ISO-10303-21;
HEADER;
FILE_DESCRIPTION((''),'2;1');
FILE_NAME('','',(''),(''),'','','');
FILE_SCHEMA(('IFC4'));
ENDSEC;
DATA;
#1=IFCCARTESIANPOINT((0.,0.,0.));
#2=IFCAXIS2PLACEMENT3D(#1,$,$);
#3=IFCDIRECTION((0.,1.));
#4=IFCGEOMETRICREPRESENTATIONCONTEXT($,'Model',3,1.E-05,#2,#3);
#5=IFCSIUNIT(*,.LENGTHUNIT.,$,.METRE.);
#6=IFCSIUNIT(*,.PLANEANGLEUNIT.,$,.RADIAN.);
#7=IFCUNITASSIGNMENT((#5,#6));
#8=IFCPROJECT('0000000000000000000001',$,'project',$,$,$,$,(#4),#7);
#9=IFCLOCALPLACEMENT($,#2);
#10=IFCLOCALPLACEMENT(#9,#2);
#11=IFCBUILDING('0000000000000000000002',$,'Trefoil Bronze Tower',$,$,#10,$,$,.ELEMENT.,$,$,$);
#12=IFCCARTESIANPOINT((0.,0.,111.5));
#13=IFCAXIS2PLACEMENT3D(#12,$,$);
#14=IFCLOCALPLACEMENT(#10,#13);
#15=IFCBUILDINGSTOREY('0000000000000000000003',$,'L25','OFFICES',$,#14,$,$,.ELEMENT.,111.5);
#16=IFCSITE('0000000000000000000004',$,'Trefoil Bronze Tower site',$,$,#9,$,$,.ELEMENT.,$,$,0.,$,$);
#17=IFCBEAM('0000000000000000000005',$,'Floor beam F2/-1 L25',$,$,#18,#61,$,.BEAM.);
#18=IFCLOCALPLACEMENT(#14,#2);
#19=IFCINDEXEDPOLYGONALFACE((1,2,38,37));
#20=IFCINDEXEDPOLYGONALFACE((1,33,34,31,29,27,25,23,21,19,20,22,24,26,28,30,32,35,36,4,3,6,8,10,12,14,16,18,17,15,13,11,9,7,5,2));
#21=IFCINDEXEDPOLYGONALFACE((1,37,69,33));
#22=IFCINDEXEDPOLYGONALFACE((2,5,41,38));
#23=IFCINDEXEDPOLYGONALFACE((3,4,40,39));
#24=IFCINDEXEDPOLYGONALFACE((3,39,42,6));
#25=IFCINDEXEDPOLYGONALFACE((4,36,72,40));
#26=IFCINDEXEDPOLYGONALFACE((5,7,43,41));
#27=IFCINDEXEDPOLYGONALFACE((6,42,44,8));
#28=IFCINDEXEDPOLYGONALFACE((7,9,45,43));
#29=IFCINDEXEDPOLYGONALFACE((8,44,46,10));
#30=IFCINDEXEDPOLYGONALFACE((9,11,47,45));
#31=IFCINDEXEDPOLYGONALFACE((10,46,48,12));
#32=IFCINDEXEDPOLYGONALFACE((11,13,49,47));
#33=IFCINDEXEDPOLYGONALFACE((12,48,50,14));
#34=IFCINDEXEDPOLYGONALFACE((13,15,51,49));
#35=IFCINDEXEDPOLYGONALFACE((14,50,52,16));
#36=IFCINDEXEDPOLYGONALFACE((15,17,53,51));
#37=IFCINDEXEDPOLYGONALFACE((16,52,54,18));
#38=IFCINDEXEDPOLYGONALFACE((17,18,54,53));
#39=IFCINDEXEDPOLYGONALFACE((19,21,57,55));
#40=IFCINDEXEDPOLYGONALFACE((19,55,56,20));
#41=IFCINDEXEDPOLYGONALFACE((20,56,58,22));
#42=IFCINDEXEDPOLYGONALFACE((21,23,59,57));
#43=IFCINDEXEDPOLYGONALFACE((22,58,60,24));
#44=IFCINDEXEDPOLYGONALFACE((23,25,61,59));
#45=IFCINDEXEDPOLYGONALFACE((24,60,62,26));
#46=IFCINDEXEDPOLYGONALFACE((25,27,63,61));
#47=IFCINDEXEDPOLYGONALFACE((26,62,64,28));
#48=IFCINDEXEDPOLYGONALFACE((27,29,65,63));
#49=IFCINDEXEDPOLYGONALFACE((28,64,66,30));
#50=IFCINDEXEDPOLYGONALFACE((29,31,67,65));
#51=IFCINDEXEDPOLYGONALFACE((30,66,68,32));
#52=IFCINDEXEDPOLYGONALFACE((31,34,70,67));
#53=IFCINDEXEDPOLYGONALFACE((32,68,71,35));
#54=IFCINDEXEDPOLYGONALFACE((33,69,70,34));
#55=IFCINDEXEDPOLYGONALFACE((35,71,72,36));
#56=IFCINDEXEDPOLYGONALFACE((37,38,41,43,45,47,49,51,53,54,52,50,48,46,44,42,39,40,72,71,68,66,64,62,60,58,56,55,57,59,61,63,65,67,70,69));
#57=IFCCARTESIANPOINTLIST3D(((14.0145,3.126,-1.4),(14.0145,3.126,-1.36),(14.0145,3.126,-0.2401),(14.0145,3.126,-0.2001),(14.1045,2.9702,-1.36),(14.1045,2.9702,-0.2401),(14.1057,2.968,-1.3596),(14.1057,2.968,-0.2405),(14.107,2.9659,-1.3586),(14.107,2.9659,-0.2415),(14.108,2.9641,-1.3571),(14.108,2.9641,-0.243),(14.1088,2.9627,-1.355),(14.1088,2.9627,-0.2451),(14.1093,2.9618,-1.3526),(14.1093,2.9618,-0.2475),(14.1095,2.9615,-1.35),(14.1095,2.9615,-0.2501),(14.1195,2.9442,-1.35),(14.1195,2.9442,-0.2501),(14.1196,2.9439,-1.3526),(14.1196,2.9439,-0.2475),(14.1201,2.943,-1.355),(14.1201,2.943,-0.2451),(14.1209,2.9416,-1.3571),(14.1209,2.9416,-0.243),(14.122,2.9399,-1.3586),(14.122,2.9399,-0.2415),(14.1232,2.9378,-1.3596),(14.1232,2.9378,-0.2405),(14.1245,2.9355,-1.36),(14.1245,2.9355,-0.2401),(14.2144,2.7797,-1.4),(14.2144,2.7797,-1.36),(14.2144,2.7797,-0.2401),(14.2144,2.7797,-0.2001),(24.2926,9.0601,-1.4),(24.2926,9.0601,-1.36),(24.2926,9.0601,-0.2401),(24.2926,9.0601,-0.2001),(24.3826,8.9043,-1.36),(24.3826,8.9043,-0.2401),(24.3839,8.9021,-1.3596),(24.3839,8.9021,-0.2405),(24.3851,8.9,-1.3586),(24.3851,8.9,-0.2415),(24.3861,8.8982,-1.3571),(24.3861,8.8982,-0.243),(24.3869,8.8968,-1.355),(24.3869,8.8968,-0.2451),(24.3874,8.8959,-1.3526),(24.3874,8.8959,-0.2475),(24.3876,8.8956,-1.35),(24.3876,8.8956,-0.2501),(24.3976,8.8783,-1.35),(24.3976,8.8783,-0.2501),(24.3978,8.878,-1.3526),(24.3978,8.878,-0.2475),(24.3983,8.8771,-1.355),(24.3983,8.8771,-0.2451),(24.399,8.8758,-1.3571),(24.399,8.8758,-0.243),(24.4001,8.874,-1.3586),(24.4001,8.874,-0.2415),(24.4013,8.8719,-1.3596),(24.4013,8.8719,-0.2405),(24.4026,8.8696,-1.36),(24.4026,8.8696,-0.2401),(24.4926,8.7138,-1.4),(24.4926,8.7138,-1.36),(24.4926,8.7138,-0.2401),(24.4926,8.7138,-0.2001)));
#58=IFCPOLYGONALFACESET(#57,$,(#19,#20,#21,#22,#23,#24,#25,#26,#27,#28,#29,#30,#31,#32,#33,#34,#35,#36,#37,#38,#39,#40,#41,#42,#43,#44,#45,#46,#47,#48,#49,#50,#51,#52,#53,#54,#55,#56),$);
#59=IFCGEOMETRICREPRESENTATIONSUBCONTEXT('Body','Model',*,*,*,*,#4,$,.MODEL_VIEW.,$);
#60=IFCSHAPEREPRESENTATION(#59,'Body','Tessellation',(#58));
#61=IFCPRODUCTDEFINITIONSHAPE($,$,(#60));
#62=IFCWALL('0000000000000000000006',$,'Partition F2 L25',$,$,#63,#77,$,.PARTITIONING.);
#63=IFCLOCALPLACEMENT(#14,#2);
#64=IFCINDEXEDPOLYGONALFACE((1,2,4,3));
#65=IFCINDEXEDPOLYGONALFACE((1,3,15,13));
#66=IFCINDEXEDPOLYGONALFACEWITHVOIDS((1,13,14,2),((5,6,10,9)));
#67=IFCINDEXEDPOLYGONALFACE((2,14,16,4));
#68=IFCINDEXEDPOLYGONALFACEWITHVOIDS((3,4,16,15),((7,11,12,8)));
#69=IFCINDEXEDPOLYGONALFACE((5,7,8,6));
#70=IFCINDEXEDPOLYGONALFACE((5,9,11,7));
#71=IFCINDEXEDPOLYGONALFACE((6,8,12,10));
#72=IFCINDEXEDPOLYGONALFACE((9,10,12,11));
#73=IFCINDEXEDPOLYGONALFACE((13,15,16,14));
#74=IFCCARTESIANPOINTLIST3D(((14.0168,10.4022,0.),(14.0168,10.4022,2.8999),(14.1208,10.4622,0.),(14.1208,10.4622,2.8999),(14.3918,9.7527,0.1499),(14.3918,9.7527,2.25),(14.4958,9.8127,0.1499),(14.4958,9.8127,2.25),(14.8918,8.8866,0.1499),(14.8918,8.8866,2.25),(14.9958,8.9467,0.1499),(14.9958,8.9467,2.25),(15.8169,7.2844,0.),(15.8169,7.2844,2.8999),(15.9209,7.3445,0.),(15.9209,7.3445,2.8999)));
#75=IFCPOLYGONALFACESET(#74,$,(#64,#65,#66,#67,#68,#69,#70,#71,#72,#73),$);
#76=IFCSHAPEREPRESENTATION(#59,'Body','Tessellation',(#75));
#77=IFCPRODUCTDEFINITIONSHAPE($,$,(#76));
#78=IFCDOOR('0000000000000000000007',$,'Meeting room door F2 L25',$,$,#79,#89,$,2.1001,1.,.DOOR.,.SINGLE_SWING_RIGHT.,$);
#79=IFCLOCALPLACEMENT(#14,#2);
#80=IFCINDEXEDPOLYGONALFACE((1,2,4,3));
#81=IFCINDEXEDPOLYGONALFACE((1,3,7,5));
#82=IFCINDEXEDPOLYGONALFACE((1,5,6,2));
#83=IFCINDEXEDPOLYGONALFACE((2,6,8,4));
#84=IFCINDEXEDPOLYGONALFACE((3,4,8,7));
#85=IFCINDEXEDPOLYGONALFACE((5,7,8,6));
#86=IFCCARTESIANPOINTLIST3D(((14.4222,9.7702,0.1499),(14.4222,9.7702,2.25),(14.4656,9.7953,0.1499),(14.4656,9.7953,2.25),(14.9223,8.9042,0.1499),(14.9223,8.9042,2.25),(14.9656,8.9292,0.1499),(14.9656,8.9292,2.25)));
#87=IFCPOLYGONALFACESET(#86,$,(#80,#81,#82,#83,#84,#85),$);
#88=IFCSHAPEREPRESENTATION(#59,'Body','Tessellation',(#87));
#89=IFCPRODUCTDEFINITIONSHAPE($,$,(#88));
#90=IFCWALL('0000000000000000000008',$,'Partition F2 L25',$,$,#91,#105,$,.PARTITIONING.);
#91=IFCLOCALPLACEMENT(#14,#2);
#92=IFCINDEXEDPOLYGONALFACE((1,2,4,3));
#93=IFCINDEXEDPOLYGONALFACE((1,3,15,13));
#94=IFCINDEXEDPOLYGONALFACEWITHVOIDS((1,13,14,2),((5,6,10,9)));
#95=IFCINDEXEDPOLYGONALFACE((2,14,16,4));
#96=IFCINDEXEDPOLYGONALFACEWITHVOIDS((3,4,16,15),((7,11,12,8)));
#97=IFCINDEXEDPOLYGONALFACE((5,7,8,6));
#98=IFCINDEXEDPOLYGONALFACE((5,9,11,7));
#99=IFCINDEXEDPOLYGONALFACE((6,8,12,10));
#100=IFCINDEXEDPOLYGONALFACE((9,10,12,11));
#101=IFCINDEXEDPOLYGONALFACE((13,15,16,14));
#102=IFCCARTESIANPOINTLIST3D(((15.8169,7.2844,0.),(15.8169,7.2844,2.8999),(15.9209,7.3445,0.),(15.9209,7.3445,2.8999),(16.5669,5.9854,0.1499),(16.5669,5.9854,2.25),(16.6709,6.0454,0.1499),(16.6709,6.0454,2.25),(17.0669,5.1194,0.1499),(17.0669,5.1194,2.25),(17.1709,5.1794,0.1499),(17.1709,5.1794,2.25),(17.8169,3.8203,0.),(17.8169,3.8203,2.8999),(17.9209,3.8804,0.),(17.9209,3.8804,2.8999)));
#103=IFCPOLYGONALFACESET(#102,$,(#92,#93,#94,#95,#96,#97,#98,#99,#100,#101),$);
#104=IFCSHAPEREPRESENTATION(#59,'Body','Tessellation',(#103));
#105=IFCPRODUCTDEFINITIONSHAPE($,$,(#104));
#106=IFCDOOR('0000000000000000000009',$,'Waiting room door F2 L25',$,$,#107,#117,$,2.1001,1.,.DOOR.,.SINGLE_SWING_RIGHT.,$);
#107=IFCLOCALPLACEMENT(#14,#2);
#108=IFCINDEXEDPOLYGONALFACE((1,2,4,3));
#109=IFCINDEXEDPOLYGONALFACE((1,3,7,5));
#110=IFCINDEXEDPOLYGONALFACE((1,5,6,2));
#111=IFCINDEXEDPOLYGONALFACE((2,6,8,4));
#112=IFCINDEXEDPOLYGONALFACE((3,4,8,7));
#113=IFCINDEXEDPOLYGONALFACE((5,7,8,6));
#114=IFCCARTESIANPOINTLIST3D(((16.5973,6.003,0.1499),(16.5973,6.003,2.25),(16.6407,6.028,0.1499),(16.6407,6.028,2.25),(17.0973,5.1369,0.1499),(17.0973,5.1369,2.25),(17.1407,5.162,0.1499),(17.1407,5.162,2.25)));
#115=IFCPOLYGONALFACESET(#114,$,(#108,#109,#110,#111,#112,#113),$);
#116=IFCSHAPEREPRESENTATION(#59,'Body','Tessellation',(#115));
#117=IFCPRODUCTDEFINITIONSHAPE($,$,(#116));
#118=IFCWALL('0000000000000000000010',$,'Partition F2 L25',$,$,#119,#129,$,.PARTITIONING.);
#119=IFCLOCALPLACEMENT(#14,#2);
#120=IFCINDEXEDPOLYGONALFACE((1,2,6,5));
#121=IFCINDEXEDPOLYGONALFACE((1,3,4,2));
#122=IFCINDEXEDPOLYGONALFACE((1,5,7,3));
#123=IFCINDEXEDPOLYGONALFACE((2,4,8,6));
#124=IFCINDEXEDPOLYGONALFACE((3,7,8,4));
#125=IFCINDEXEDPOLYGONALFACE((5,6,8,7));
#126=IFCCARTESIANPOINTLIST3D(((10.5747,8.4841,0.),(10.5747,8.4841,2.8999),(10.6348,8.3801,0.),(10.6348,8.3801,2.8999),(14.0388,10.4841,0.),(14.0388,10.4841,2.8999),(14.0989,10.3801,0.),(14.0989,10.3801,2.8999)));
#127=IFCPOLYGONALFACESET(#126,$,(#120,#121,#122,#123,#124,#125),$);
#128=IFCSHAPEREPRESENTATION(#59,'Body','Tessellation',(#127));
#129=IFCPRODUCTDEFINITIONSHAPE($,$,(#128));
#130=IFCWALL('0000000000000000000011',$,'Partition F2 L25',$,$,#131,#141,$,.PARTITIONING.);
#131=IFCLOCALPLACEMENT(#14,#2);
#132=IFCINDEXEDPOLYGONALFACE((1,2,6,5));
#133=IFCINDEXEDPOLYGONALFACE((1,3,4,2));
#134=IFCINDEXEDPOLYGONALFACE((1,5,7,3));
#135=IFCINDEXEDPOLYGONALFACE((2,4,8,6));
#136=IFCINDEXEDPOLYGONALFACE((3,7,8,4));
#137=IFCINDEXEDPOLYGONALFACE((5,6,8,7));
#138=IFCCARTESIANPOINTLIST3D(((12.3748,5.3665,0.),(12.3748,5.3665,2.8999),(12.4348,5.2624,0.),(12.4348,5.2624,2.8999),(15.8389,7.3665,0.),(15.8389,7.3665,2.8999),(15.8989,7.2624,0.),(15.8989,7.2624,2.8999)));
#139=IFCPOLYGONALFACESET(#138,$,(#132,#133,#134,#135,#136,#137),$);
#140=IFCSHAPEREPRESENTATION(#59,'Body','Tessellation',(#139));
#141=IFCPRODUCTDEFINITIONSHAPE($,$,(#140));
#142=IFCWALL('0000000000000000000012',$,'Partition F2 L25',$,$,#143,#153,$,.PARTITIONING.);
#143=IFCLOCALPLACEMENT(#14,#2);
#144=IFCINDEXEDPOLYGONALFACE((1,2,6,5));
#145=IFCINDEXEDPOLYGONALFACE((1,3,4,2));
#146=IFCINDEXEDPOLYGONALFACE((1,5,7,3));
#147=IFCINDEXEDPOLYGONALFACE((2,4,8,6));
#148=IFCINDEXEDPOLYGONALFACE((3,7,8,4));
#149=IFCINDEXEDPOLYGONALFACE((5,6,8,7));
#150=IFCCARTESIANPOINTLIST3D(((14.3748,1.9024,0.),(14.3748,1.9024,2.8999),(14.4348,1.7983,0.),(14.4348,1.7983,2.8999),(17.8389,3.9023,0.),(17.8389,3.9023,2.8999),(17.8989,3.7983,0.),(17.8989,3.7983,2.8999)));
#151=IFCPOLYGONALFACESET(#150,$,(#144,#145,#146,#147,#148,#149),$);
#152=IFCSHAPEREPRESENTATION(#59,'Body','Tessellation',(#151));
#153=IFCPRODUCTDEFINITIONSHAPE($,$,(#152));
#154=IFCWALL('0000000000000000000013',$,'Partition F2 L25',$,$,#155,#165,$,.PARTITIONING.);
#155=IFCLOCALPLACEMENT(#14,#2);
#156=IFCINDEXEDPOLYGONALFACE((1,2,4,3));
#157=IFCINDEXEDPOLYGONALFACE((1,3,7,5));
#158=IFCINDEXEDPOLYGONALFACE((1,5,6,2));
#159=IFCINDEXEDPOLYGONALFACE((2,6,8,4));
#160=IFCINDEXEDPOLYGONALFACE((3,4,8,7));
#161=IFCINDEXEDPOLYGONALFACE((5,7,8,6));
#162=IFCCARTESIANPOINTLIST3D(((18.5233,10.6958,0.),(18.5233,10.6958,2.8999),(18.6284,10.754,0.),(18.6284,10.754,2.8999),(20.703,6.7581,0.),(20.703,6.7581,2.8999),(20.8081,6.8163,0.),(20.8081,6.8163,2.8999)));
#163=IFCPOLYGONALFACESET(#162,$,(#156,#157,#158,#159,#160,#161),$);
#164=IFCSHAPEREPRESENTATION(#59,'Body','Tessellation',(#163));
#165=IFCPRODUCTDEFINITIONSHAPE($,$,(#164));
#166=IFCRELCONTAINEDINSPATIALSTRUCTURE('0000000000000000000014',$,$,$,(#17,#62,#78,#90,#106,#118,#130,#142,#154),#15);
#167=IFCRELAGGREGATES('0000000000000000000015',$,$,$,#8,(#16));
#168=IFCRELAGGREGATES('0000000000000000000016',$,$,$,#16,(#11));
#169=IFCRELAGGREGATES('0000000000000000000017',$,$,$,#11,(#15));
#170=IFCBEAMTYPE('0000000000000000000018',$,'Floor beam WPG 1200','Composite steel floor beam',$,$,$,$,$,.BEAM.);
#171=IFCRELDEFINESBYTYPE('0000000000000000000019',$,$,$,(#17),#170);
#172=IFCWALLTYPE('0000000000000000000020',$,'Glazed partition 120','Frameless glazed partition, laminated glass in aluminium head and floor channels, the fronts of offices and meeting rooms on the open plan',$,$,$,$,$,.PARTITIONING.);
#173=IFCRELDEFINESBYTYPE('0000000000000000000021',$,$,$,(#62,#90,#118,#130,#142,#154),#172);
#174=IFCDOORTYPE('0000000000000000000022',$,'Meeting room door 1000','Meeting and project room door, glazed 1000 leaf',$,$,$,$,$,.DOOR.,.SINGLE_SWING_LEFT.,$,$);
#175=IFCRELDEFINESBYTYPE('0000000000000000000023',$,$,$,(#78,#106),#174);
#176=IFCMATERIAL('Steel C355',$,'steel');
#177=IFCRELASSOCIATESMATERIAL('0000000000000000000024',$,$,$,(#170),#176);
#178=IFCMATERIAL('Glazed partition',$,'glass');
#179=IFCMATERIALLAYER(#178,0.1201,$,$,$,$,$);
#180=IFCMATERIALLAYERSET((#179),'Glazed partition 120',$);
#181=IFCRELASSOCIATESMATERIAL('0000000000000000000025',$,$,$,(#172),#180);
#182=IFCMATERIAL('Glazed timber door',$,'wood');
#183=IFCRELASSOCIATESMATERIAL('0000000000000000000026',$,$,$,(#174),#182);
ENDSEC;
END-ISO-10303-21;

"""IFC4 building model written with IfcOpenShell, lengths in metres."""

from ifc_helpers import new_model, si_unit, direction, frame, frame_2d, origin, origin_2d, place, context, subcontext, project, spatial, rectangle, i_section, extrude, material, layer, layer_set, material_profile, profile_set, type_object, element, fill, save


model = new_model("IFC4")

# Units and contexts
model_context = context("Model", 3, precision=1e-05, world=origin(), true_north=direction((0.0, 1.0)))
body_context = subcontext(model_context, "Body", "Model", "MODEL_VIEW")
ifc_project = project(units=[si_unit("LENGTHUNIT", "METRE"), si_unit("PLANEANGLEUNIT", "RADIAN")], contexts=[model_context])

# Site, building, storey
site_placement = place(None, origin())
site = spatial("IfcSite", under=ifc_project, at=site_placement, Name="Trefoil Bronze Tower site", CompositionType="ELEMENT", RefElevation=0.0)
building_placement = place(site_placement, origin())
building = spatial("IfcBuilding", under=site, at=building_placement, Name="Trefoil Bronze Tower", CompositionType="ELEMENT")
storey_placement = place(building_placement, frame((0.0, 0.0, 111.5)))
storey = spatial("IfcBuildingStorey", under=building, at=storey_placement, Name="L25", Description="OFFICES", CompositionType="ELEMENT", Elevation=111.5)

# Beam
ifc_material_1 = material(Name="Steel C355", Category="steel")
ifc_material_profile_1 = material_profile(ifc_material_1, i_section(OverallWidth=0.3999, OverallDepth=1.2, WebThickness=0.02, FlangeThickness=0.04, FilletRadius=0.01, at=origin_2d()), Name="WPG 1200")
ifc_profile_set_1 = profile_set([ifc_material_profile_1], Name="Steel C355")
beam_type_1 = type_object("IfcBeamType", Name="Floor beam WPG 1200", Description="Composite steel floor beam", PredefinedType="BEAM", material=ifc_profile_set_1)
beam_placement = place(storey_placement, frame((24.3926, 8.887, -0.8), z_axis=(-0.866024, -0.500002, 0.0), x_axis=(0.500002, -0.866024, 0.0)))
element("IfcBeam", 1, at=beam_placement, inside=storey, type_object=beam_type_1, Name="Floor beam F2/-1 L25", PredefinedType="BEAM", context=body_context, shape_type="SweptSolid", body=[
    extrude(i_section(OverallWidth=0.3999, OverallDepth=1.2, WebThickness=0.02, FlangeThickness=0.04, FilletRadius=0.01, at=origin_2d()), origin(), (0.0, 0.0, 1.0), 11.8682),
])

# Walls, openings, doors
ifc_material_2 = material(Name="Glazed partition", Category="glass")
ifc_layer_1 = layer(ifc_material_2, 0.1201)
ifc_layer_set_1 = layer_set([ifc_layer_1], Name="Glazed partition 120")
wall_type_1 = type_object("IfcWallType", Name="Glazed partition 120", Description="Frameless glazed partition, laminated glass in aluminium head and floor channels, the fronts of offices and meeting rooms on the open plan", PredefinedType="PARTITIONING", material=ifc_layer_set_1)
wall_1_placement = place(storey_placement, frame((15.8689, 7.3145, 0.0), z_axis=(0.0, 0.0, 1.0), x_axis=(-0.500012, 0.866018, 0.0)))
wall_1 = element("IfcWall", 2, at=wall_1_placement, inside=storey, type_object=wall_type_1, Name="Partition F2 L25", PredefinedType="PARTITIONING", context=body_context, shape_type="SweptSolid", body=[
    extrude(rectangle(XDim=3.6001, YDim=0.1201, at=frame_2d((1.8, 0.0))), origin(), (0.0, 0.0, 1.0), 2.8999),
])
opening_1_placement = place(wall_1_placement, frame((1.8501, 0.0, 0.1499)))
opening_1 = element("IfcOpeningElement", 3, at=opening_1_placement, cuts=wall_1, PredefinedType="OPENING", context=body_context, shape_type="SweptSolid", body=[
    extrude(rectangle(XDim=1.0, YDim=2.1001, at=frame_2d((0.5, 1.05))), frame((0.0, 0.0701, 0.0), z_axis=(0.0, -1.0, 0.0), x_axis=(1.0, 0.0, 0.0)), (0.0, 0.0, 1.0), 0.1401),
])
ifc_material_3 = material(Name="Glazed timber door", Category="wood")
door_type_1 = type_object("IfcDoorType", Name="Meeting room door 1000", Description="Meeting and project room door, glazed 1000 leaf", OperationType="SINGLE_SWING_LEFT", PredefinedType="DOOR", material=ifc_material_3)
door_1_placement = place(opening_1_placement, origin())
door_1 = element("IfcDoor", 4, at=door_1_placement, inside=storey, type_object=door_type_1, Name="Meeting room door F2 L25", OperationType="SINGLE_SWING_RIGHT", OverallHeight=2.1001, OverallWidth=1.0, PredefinedType="DOOR", context=body_context, shape_type="SweptSolid", body=[
    extrude(rectangle(XDim=1.0, YDim=2.1001, at=frame_2d((0.5, 1.05))), frame((0.0, 0.0249, 0.0), z_axis=(0.0, -1.0, 0.0), x_axis=(1.0, 0.0, 0.0)), (0.0, 0.0, 1.0), 0.05),
])
fill(opening_1, door_1)
wall_2_placement = place(storey_placement, frame((17.8689, 3.8503, 0.0), z_axis=(0.0, 0.0, 1.0), x_axis=(-0.499999, 0.866026, 0.0)))
wall_2 = element("IfcWall", 5, at=wall_2_placement, inside=storey, type_object=wall_type_1, Name="Partition F2 L25", PredefinedType="PARTITIONING", context=body_context, shape_type="SweptSolid", body=[
    extrude(rectangle(XDim=4.0, YDim=0.1201, at=frame_2d((2.0, 0.0))), origin(), (0.0, 0.0, 1.0), 2.8999),
])
opening_2_placement = place(wall_2_placement, frame((1.5, 0.0, 0.1499)))
opening_2 = element("IfcOpeningElement", 6, at=opening_2_placement, cuts=wall_2, PredefinedType="OPENING", context=body_context, shape_type="SweptSolid", body=[
    extrude(rectangle(XDim=1.0, YDim=2.1001, at=frame_2d((0.5, 1.05))), frame((0.0, 0.0701, 0.0), z_axis=(0.0, -1.0, 0.0), x_axis=(1.0, 0.0, 0.0)), (0.0, 0.0, 1.0), 0.1401),
])
door_2_placement = place(opening_2_placement, origin())
door_2 = element("IfcDoor", 7, at=door_2_placement, inside=storey, type_object=door_type_1, Name="Waiting room door F2 L25", OperationType="SINGLE_SWING_RIGHT", OverallHeight=2.1001, OverallWidth=1.0, PredefinedType="DOOR", context=body_context, shape_type="SweptSolid", body=[
    extrude(rectangle(XDim=1.0, YDim=2.1001, at=frame_2d((0.5, 1.05))), frame((0.0, 0.0249, 0.0), z_axis=(0.0, -1.0, 0.0), x_axis=(1.0, 0.0, 0.0)), (0.0, 0.0, 1.0), 0.05),
])
fill(opening_2, door_2)

# Walls
for number, where, z_axis, x_axis, name in (
    (8, (10.6047, 8.4321, 0.0), (0.0, 0.0, 1.0), (0.866026, 0.499999, 0.0), "Partition F2 L25"),
    (9, (12.4048, 5.3145, 0.0), (0.0, 0.0, 1.0), (0.866026, 0.499999, 0.0), "Partition F2 L25"),
    (10, (14.4048, 1.8503, 0.0), (0.0, 0.0, 1.0), (0.866026, 0.499999, 0.0), "Partition F2 L25"),
):
    element("IfcWall", number, at=place(storey_placement, frame(where, z_axis=z_axis, x_axis=x_axis)), inside=storey, type_object=wall_type_1, Name=name, PredefinedType="PARTITIONING", context=body_context, shape_type="SweptSolid", body=[
        extrude(rectangle(XDim=4.0, YDim=0.1201, at=frame_2d((2.0, 0.0))), origin(), (0.0, 0.0, 1.0), 2.8999),
    ])
wall_3_placement = place(storey_placement, frame((20.7556, 6.7871, 0.0), z_axis=(0.0, 0.0, 1.0), x_axis=(-0.484293, 0.874906, 0.0)))
element("IfcWall", 11, at=wall_3_placement, inside=storey, type_object=wall_type_1, Name="Partition F2 L25", PredefinedType="PARTITIONING", context=body_context, shape_type="SweptSolid", body=[
    extrude(rectangle(XDim=4.5007, YDim=0.1201, at=frame_2d((2.2505, 0.0))), origin(), (0.0, 0.0, 1.0), 2.8999),
])

save(model, "model.ifc")
